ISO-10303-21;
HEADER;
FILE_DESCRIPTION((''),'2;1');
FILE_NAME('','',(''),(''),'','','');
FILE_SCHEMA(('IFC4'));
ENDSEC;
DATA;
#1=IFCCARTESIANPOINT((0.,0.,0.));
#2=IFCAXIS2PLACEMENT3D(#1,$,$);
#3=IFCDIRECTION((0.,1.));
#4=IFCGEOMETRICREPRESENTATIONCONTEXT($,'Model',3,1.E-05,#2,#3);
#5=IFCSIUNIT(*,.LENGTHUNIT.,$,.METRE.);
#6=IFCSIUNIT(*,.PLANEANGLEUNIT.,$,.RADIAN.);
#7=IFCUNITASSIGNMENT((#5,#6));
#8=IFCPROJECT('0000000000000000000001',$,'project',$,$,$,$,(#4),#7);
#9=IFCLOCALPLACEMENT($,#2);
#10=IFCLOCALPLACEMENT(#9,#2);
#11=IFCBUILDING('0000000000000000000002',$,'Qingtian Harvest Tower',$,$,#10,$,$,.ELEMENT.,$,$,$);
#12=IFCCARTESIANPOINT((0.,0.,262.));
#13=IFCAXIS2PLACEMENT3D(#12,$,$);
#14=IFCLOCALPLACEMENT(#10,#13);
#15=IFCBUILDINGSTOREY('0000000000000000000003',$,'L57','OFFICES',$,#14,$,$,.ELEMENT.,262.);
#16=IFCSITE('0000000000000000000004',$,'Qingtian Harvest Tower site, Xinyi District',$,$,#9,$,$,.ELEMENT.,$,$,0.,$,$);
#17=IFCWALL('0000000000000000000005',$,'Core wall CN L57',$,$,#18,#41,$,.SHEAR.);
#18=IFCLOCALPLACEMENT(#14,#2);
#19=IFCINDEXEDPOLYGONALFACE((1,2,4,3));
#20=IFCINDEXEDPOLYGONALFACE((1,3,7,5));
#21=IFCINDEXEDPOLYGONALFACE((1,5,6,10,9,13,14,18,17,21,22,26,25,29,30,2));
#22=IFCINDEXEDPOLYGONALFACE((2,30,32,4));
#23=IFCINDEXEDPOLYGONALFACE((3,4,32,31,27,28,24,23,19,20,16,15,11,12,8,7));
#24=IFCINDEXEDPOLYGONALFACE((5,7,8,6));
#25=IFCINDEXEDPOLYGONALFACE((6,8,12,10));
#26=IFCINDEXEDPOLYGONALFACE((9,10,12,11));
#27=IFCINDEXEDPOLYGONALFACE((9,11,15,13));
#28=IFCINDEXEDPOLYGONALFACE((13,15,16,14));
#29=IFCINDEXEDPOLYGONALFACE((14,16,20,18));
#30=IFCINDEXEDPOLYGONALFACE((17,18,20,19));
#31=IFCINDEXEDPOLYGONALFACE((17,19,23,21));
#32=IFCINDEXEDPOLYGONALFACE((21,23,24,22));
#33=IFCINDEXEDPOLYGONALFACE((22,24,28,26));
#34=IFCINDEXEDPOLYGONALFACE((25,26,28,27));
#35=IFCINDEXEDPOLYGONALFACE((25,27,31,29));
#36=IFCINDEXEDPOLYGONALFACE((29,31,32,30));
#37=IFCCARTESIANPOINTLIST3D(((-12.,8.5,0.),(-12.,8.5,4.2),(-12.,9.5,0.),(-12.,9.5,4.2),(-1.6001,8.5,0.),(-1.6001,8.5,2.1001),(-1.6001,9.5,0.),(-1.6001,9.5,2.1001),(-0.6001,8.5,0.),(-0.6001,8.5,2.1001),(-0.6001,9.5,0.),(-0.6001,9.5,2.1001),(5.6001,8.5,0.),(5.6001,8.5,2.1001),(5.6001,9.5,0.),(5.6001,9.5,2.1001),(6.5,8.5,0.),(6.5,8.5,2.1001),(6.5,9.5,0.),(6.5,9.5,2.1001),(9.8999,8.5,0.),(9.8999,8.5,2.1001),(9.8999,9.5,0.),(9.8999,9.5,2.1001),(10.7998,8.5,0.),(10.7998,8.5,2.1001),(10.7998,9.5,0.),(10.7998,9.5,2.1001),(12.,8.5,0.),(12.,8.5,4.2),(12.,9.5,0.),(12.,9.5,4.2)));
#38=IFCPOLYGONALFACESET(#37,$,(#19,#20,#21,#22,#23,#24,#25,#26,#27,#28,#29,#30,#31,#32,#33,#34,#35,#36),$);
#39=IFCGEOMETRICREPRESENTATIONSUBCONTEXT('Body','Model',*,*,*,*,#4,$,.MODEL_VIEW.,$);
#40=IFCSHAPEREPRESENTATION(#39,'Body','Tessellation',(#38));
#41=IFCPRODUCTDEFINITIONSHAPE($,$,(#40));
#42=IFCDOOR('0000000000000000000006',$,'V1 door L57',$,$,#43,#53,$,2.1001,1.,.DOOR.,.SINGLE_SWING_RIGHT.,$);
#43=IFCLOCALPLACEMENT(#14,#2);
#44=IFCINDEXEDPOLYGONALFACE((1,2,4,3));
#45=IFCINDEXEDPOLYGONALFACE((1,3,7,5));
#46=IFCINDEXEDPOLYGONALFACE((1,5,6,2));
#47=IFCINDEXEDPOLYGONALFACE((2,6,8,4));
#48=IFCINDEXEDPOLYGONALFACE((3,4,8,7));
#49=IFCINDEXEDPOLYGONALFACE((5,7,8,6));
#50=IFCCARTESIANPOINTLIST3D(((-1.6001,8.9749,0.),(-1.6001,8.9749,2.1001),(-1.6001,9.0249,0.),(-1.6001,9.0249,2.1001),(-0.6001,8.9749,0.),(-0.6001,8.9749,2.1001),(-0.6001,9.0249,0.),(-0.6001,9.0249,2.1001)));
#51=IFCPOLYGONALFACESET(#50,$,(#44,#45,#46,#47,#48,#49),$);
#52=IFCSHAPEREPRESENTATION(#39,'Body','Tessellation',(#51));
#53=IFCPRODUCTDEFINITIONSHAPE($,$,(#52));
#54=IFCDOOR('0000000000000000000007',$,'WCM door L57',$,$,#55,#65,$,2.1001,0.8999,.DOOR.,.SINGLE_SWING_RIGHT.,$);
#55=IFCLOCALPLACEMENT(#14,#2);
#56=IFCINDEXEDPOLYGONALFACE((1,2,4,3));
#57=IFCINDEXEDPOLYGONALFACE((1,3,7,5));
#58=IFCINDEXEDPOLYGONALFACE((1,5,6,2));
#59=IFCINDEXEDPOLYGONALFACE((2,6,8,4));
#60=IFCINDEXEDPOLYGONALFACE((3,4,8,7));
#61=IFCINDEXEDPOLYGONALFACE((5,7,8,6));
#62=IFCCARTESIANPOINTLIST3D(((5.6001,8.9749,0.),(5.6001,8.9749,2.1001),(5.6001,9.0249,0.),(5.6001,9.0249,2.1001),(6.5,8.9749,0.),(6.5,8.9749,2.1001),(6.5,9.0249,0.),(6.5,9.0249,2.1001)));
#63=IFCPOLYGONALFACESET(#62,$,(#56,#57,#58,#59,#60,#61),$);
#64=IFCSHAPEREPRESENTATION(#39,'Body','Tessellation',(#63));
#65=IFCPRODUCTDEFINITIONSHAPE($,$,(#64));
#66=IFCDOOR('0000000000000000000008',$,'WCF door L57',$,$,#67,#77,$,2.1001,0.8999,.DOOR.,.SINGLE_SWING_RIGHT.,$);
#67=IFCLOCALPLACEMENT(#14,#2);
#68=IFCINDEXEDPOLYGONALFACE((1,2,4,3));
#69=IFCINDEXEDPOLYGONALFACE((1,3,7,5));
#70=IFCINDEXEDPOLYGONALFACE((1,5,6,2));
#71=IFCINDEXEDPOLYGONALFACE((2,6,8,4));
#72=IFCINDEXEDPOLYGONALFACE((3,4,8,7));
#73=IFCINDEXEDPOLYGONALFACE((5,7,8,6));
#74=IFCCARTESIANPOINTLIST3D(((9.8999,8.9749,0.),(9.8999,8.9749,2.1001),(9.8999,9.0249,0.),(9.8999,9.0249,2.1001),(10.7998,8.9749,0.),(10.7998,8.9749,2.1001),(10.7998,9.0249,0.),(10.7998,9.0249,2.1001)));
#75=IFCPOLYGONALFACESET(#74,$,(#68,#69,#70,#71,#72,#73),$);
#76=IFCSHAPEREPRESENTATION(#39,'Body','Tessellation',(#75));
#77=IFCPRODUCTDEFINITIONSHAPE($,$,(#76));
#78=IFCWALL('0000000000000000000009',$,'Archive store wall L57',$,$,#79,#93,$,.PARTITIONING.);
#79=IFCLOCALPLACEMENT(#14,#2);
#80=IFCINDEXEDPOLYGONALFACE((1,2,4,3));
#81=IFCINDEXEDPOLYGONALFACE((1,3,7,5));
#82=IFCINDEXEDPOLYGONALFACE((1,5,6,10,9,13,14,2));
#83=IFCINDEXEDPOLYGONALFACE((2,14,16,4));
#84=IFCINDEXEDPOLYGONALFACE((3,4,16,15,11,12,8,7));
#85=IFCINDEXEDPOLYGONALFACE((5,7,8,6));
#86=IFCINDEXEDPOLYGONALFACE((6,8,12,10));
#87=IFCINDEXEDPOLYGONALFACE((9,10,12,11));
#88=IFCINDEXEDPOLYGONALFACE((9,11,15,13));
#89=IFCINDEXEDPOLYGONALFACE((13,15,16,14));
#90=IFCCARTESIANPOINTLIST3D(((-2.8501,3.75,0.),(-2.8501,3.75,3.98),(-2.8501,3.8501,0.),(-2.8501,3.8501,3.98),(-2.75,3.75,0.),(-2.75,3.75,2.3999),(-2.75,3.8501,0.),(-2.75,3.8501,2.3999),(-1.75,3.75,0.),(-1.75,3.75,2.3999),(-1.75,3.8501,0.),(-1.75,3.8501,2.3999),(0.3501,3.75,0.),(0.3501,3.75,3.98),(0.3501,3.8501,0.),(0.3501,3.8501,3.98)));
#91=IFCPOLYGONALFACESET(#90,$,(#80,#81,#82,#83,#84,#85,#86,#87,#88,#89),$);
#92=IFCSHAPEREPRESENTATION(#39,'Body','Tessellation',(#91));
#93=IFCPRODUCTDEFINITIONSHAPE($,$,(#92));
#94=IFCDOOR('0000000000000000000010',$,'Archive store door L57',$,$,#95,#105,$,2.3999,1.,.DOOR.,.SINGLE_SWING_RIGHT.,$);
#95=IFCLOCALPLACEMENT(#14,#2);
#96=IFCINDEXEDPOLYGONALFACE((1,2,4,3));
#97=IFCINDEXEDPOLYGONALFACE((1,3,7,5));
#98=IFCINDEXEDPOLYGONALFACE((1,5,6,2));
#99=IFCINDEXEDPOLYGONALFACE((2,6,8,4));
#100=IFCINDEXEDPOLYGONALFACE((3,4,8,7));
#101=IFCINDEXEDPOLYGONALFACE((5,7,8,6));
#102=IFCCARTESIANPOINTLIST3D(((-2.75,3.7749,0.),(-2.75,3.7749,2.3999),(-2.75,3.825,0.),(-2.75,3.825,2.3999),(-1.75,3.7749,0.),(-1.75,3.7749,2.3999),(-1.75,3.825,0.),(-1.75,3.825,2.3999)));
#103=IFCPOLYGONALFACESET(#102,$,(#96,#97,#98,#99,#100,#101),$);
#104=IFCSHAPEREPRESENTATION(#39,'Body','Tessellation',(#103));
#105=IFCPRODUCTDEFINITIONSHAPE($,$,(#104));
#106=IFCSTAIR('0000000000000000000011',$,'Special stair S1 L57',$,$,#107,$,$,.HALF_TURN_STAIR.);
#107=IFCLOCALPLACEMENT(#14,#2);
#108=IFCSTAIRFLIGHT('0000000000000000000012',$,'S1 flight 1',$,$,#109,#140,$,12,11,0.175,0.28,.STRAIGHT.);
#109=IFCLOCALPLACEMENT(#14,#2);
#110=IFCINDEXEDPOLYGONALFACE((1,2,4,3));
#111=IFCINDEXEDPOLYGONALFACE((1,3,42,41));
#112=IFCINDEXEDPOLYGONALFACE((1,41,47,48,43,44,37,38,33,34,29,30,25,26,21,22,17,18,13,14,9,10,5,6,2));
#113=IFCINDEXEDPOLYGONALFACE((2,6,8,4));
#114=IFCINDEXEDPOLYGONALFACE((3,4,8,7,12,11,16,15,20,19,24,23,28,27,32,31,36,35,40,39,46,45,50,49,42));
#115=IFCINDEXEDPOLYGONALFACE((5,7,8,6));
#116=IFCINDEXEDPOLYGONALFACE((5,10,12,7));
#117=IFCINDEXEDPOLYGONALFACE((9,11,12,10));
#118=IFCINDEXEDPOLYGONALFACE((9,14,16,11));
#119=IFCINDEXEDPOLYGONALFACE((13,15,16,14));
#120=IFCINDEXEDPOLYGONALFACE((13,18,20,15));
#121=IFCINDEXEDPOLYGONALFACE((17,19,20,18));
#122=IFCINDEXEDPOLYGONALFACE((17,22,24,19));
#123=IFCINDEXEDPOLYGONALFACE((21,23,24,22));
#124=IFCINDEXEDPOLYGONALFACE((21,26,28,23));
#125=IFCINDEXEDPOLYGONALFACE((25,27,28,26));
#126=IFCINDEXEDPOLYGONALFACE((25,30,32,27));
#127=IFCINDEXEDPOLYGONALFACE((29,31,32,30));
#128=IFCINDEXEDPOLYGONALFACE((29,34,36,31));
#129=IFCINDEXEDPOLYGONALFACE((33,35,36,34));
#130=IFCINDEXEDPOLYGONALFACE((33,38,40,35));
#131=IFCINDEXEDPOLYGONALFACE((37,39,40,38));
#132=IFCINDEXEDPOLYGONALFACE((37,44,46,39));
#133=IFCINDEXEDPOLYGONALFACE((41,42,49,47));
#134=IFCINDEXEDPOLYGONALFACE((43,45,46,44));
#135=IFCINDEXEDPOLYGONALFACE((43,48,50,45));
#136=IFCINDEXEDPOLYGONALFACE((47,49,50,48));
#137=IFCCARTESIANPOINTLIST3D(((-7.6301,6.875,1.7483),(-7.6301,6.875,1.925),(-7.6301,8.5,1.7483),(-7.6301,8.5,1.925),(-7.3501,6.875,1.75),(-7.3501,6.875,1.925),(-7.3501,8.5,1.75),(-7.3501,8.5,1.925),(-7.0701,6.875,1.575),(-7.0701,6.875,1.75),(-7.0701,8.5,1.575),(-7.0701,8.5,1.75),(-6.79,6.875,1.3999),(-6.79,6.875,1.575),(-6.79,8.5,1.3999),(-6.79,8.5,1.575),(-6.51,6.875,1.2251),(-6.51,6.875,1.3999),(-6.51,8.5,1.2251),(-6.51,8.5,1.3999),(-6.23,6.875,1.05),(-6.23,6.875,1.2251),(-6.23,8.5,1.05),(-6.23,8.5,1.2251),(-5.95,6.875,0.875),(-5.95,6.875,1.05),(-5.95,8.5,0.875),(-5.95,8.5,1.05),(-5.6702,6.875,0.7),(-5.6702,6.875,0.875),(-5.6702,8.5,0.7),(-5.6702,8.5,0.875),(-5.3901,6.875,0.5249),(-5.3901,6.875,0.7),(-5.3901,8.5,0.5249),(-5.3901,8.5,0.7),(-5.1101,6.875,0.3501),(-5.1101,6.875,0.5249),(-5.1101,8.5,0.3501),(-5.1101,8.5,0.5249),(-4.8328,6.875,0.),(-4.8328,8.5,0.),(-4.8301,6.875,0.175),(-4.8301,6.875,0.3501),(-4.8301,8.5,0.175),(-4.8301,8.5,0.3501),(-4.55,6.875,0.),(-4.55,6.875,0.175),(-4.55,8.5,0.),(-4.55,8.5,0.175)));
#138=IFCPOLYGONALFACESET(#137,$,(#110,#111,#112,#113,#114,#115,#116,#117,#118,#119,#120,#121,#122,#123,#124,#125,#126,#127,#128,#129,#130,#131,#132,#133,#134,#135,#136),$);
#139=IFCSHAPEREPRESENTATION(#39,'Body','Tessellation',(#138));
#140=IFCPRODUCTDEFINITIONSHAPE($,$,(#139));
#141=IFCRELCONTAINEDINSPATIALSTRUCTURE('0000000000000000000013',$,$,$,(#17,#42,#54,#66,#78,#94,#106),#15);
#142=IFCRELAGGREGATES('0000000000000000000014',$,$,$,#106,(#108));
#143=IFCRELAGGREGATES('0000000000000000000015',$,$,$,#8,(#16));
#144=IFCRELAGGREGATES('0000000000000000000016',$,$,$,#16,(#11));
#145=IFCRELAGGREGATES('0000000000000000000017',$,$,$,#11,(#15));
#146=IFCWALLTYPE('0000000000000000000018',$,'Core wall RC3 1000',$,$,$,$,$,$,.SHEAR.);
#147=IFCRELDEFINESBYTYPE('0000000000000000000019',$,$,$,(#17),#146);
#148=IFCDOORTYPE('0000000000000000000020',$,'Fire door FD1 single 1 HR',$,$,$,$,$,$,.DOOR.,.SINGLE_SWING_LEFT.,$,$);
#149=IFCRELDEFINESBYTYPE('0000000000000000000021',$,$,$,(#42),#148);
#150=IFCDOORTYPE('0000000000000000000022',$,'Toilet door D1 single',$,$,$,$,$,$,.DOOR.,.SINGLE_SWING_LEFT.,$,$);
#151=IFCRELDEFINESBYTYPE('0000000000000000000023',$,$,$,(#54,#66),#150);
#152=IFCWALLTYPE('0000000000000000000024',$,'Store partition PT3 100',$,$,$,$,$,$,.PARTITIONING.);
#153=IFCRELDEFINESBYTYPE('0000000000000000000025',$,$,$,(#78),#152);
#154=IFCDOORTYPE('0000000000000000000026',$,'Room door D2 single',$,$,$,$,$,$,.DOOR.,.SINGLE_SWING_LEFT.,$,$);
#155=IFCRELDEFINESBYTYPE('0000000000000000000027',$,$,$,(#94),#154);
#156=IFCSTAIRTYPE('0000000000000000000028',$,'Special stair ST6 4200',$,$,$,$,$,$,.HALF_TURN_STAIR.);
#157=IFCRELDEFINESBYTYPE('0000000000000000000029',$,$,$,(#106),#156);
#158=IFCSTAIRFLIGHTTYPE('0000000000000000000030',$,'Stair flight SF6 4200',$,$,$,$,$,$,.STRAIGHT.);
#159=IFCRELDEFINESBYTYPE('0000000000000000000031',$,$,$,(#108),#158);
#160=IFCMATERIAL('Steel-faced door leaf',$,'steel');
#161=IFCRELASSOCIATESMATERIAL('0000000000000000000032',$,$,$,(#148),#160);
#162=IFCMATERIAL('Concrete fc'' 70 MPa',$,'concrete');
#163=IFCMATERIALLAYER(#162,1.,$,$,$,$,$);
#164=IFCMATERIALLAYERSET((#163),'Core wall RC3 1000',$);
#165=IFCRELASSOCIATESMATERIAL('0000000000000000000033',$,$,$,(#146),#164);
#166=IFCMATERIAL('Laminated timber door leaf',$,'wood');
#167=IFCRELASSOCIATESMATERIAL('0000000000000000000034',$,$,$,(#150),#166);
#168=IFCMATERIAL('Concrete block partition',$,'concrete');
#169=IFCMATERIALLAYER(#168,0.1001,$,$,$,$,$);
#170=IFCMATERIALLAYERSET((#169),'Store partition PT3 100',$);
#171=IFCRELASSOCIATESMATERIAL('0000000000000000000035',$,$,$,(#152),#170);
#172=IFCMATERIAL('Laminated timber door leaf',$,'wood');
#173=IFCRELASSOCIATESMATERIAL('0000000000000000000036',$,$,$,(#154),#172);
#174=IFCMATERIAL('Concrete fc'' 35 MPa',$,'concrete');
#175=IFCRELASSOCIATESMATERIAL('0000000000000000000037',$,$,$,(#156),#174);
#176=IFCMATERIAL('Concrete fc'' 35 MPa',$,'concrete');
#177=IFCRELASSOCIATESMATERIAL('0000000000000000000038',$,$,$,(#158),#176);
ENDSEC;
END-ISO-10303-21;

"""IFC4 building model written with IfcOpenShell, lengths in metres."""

from ifc_helpers import new_model, si_unit, direction, frame, frame_2d, origin, place, context, subcontext, project, spatial, polyline, rectangle, outline, extrude, material, layer, layer_set, type_object, element, fill, aggregate, save


model = new_model("IFC4")

# Units and contexts
model_context = context("Model", 3, precision=1e-05, world=origin(), true_north=direction((0.0, 1.0)))
body_context = subcontext(model_context, "Body", "Model", "MODEL_VIEW")
ifc_project = project(units=[si_unit("LENGTHUNIT", "METRE"), si_unit("PLANEANGLEUNIT", "RADIAN")], contexts=[model_context])

# Site, building, storey
site_placement = place(None, origin())
site = spatial("IfcSite", under=ifc_project, at=site_placement, Name="Qingtian Harvest Tower site, Xinyi District", CompositionType="ELEMENT", RefElevation=0.0)
building_placement = place(site_placement, origin())
building = spatial("IfcBuilding", under=site, at=building_placement, Name="Qingtian Harvest Tower", CompositionType="ELEMENT")
storey_placement = place(building_placement, frame((0.0, 0.0, 262.0)))
storey = spatial("IfcBuildingStorey", under=building, at=storey_placement, Name="L57", Description="OFFICES", CompositionType="ELEMENT", Elevation=262.0)

# Shared definitions
ifc_material_1 = material(Name="Steel-faced door leaf", Category="steel")
door_type_1 = type_object("IfcDoorType", Name="Fire door FD1 single 1 HR", OperationType="SINGLE_SWING_LEFT", PredefinedType="DOOR", material=ifc_material_1)

# Wall, openings, doors
ifc_material_2 = material(Name="Concrete fc' 70 MPa", Category="concrete")
ifc_layer_1 = layer(ifc_material_2, 1.0)
ifc_layer_set_1 = layer_set([ifc_layer_1], Name="Core wall RC3 1000")
wall_type_1 = type_object("IfcWallType", Name="Core wall RC3 1000", PredefinedType="SHEAR", material=ifc_layer_set_1)
wall_1_placement = place(storey_placement, frame((-12.0, 9.0, 0.0), z_axis=(0.0, 0.0, 1.0), x_axis=(1.0, 0.0, 0.0)))
wall_1 = element("IfcWall", 1, at=wall_1_placement, inside=storey, type_object=wall_type_1, Name="Core wall CN L57", PredefinedType="SHEAR", context=body_context, shape_type="SweptSolid", body=[
    extrude(rectangle(XDim=24.0, YDim=1.0, at=frame_2d((12.0, 0.0))), origin(), (0.0, 0.0, 1.0), 4.2),
])
opening_1_placement = place(wall_1_placement, frame((10.3999, 0.0, 0.0)))
opening_1 = element("IfcOpeningElement", 2, at=opening_1_placement, cuts=wall_1, PredefinedType="OPENING", context=body_context, shape_type="SweptSolid", body=[
    extrude(rectangle(XDim=1.0, YDim=2.1001, at=frame_2d((0.5, 1.05))), frame((0.0, 0.51, 0.0), z_axis=(0.0, -1.0, 0.0), x_axis=(1.0, 0.0, 0.0)), (0.0, 0.0, 1.0), 1.02),
])
opening_2_placement = place(wall_1_placement, frame((17.6001, 0.0, 0.0)))
opening_2 = element("IfcOpeningElement", 3, at=opening_2_placement, cuts=wall_1, PredefinedType="OPENING", context=body_context, shape_type="SweptSolid", body=[
    extrude(rectangle(XDim=0.8999, YDim=2.1001, at=frame_2d((0.45, 1.05))), frame((0.0, 0.51, 0.0), z_axis=(0.0, -1.0, 0.0), x_axis=(1.0, 0.0, 0.0)), (0.0, 0.0, 1.0), 1.02),
])
opening_3_placement = place(wall_1_placement, frame((21.8999, 0.0, 0.0)))
opening_3 = element("IfcOpeningElement", 4, at=opening_3_placement, cuts=wall_1, PredefinedType="OPENING", context=body_context, shape_type="SweptSolid", body=[
    extrude(rectangle(XDim=0.8999, YDim=2.1001, at=frame_2d((0.45, 1.05))), frame((0.0, 0.51, 0.0), z_axis=(0.0, -1.0, 0.0), x_axis=(1.0, 0.0, 0.0)), (0.0, 0.0, 1.0), 1.02),
])
door_1_placement = place(opening_1_placement, origin())
door_1 = element("IfcDoor", 5, at=door_1_placement, inside=storey, type_object=door_type_1, Name="V1 door L57", OperationType="SINGLE_SWING_RIGHT", OverallHeight=2.1001, OverallWidth=1.0, PredefinedType="DOOR", context=body_context, shape_type="SweptSolid", body=[
    extrude(rectangle(XDim=1.0, YDim=2.1001, at=frame_2d((0.5, 1.05))), frame((0.0, 0.0249, 0.0), z_axis=(0.0, -1.0, 0.0), x_axis=(1.0, 0.0, 0.0)), (0.0, 0.0, 1.0), 0.05),
])
fill(opening_1, door_1)
ifc_material_3 = material(Name="Laminated timber door leaf", Category="wood")
door_type_2 = type_object("IfcDoorType", Name="Toilet door D1 single", OperationType="SINGLE_SWING_LEFT", PredefinedType="DOOR", material=ifc_material_3)
door_2_placement = place(opening_2_placement, origin())
door_2 = element("IfcDoor", 6, at=door_2_placement, inside=storey, type_object=door_type_2, Name="WCM door L57", OperationType="SINGLE_SWING_RIGHT", OverallHeight=2.1001, OverallWidth=0.8999, PredefinedType="DOOR", context=body_context, shape_type="SweptSolid", body=[
    extrude(rectangle(XDim=0.8999, YDim=2.1001, at=frame_2d((0.45, 1.05))), frame((0.0, 0.0249, 0.0), z_axis=(0.0, -1.0, 0.0), x_axis=(1.0, 0.0, 0.0)), (0.0, 0.0, 1.0), 0.05),
])
fill(opening_2, door_2)
door_3_placement = place(opening_3_placement, origin())
door_3 = element("IfcDoor", 7, at=door_3_placement, inside=storey, type_object=door_type_2, Name="WCF door L57", OperationType="SINGLE_SWING_RIGHT", OverallHeight=2.1001, OverallWidth=0.8999, PredefinedType="DOOR", context=body_context, shape_type="SweptSolid", body=[
    extrude(rectangle(XDim=0.8999, YDim=2.1001, at=frame_2d((0.45, 1.05))), frame((0.0, 0.0249, 0.0), z_axis=(0.0, -1.0, 0.0), x_axis=(1.0, 0.0, 0.0)), (0.0, 0.0, 1.0), 0.05),
])
fill(opening_3, door_3)

# Wall, opening, door
ifc_material_4 = material(Name="Concrete block partition", Category="concrete")
ifc_layer_2 = layer(ifc_material_4, 0.1001)
ifc_layer_set_2 = layer_set([ifc_layer_2], Name="Store partition PT3 100")
wall_type_2 = type_object("IfcWallType", Name="Store partition PT3 100", PredefinedType="PARTITIONING", material=ifc_layer_set_2)
wall_2_placement = place(storey_placement, frame((-2.8501, 3.8, 0.0), z_axis=(0.0, 0.0, 1.0), x_axis=(1.0, 0.0, 0.0)))
wall_2 = element("IfcWall", 8, at=wall_2_placement, inside=storey, type_object=wall_type_2, Name="Archive store wall L57", PredefinedType="PARTITIONING", context=body_context, shape_type="SweptSolid", body=[
    extrude(rectangle(XDim=3.2002, YDim=0.1001, at=frame_2d((1.6001, 0.0))), origin(), (0.0, 0.0, 1.0), 3.98),
])
opening_4_placement = place(wall_2_placement, frame((0.1001, 0.0, 0.0)))
opening_4 = element("IfcOpeningElement", 9, at=opening_4_placement, cuts=wall_2, PredefinedType="OPENING", context=body_context, shape_type="SweptSolid", body=[
    extrude(rectangle(XDim=1.0, YDim=2.3999, at=frame_2d((0.5, 1.2))), frame((0.0, 0.0601, 0.0), z_axis=(0.0, -1.0, 0.0), x_axis=(1.0, 0.0, 0.0)), (0.0, 0.0, 1.0), 0.1201),
])
ifc_material_5 = material(Name="Laminated timber door leaf", Category="wood")
door_type_3 = type_object("IfcDoorType", Name="Room door D2 single", OperationType="SINGLE_SWING_LEFT", PredefinedType="DOOR", material=ifc_material_5)
door_4_placement = place(opening_4_placement, origin())
door_4 = element("IfcDoor", 10, at=door_4_placement, inside=storey, type_object=door_type_3, Name="Archive store door L57", OperationType="SINGLE_SWING_RIGHT", OverallHeight=2.3999, OverallWidth=1.0, PredefinedType="DOOR", context=body_context, shape_type="SweptSolid", body=[
    extrude(rectangle(XDim=1.0, YDim=2.3999, at=frame_2d((0.5, 1.2))), frame((0.0, 0.0249, 0.0), z_axis=(0.0, -1.0, 0.0), x_axis=(1.0, 0.0, 0.0)), (0.0, 0.0, 1.0), 0.05),
])
fill(opening_4, door_4)

# Stair, stair flight
ifc_material_6 = material(Name="Concrete fc' 35 MPa", Category="concrete")
stair_type = type_object("IfcStairType", Name="Special stair ST6 4200", PredefinedType="HALF_TURN_STAIR", material=ifc_material_6)
stair_placement = place(storey_placement, origin())
stair = element("IfcStair", 11, at=stair_placement, inside=storey, type_object=stair_type, Name="Special stair S1 L57", PredefinedType="HALF_TURN_STAIR")
ifc_material_7 = material(Name="Concrete fc' 35 MPa", Category="concrete")
stair_flight_type = type_object("IfcStairFlightType", Name="Stair flight SF6 4200", PredefinedType="STRAIGHT", material=ifc_material_7)
stair_flight_1_placement = place(storey_placement, frame((-4.55, 7.6875, 0.0), z_axis=(0.0, 0.0, 1.0), x_axis=(-1.0, 0.0, 0.0)))
stair_flight_1 = element("IfcStairFlight", 12, at=stair_flight_1_placement, type_object=stair_flight_type, Name="S1 flight 1", NumberOfRisers=12, NumberOfTreads=11, PredefinedType="STRAIGHT", RiserHeight=0.175, TreadLength=0.28, context=body_context, shape_type="SweptSolid", body=[
    extrude(outline(polyline([(0.0, 0.0), (0.0, 0.175), (0.28, 0.175), (0.28, 0.3501), (0.5601, 0.3501), (0.5601, 0.5249), (0.8401, 0.5249), (0.8401, 0.7), (1.1201, 0.7), (1.1201, 0.875), (1.3999, 0.875), (1.3999, 1.05), (1.6799, 1.05), (1.6799, 1.2251), (1.96, 1.2251), (1.96, 1.3999), (2.24, 1.3999), (2.24, 1.575), (2.52, 1.575), (2.52, 1.75), (2.8, 1.75), (2.8, 1.925), (3.0801, 1.925), (3.0801, 2.1001), (3.0801, 1.7483), (0.2827, 0.0), (0.0, 0.0)])), frame((0.0, 0.8125, 0.0), z_axis=(0.0, -1.0, 0.0), x_axis=(1.0, 0.0, 0.0)), (0.0, 0.0, 1.0), 1.625),
])
aggregate(stair, [stair_flight_1])

save(model, "model.ifc")
